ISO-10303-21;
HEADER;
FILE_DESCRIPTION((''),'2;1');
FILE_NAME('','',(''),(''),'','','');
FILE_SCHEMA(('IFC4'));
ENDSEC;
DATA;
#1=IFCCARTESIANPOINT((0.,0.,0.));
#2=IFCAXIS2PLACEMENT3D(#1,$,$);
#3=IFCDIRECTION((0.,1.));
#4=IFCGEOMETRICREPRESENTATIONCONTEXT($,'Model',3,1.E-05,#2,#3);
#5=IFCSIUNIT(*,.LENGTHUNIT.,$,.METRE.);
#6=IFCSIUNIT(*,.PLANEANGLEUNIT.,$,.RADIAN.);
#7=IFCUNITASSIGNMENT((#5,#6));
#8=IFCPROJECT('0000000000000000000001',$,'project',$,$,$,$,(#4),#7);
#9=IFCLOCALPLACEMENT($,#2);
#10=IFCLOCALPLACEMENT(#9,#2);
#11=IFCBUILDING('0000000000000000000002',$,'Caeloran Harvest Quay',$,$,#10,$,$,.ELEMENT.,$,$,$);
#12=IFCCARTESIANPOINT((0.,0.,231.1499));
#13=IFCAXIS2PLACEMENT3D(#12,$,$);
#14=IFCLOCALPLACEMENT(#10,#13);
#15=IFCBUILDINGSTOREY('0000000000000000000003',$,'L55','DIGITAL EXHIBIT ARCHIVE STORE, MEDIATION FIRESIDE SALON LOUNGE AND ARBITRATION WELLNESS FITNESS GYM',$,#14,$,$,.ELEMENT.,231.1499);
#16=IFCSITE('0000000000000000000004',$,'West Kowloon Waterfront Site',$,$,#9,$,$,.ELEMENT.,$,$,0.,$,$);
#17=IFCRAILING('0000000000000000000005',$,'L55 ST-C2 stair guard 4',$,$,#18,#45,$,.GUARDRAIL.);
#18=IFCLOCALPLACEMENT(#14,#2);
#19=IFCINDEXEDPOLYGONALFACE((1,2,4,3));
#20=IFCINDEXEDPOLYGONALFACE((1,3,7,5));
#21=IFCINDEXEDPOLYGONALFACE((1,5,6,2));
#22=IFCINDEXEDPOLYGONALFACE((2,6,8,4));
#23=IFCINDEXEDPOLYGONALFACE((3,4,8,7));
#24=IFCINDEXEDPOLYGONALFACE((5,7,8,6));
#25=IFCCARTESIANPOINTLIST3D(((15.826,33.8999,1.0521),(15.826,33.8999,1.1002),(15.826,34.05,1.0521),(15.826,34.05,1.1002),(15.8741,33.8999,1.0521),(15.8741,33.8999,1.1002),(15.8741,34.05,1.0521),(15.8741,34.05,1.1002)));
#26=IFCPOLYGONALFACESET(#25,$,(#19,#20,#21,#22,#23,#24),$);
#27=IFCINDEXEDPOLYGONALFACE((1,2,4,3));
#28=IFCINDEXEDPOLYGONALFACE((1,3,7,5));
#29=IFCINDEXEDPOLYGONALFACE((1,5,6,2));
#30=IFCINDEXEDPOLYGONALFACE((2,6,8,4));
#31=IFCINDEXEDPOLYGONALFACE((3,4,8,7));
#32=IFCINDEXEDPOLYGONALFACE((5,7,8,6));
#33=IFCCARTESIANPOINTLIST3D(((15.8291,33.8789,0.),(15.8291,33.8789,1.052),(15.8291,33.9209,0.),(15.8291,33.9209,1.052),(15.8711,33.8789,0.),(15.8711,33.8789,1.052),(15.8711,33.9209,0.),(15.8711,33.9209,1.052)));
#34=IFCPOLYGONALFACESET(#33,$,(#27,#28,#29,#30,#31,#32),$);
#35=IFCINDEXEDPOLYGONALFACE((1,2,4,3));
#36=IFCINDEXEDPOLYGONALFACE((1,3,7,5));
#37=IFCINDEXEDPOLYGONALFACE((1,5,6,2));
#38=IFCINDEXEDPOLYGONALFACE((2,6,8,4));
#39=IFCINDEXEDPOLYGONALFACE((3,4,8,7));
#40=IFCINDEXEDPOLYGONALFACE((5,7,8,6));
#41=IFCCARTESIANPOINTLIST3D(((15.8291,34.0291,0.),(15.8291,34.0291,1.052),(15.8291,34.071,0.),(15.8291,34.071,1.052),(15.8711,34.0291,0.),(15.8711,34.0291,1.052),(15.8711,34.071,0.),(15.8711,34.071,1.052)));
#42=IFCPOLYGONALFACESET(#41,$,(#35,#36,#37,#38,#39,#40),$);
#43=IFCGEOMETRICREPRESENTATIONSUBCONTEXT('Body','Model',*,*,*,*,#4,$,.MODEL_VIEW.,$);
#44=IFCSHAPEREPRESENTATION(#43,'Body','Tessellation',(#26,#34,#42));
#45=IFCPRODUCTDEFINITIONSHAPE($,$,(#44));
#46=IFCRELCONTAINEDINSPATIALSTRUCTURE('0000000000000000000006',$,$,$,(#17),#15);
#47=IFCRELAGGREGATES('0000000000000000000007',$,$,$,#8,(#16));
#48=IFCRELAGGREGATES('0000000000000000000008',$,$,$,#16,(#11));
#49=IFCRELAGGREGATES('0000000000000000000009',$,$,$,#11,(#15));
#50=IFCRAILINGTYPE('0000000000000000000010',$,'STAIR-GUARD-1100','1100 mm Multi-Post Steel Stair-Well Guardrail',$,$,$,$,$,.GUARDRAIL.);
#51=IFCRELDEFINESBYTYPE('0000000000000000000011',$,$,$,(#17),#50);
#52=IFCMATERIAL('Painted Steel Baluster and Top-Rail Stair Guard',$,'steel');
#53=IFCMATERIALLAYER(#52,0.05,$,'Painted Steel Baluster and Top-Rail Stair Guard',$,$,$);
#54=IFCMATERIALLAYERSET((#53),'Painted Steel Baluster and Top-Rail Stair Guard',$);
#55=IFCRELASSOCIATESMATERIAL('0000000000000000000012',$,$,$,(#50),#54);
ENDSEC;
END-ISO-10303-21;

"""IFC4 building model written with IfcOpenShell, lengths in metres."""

from ifc_helpers import new_model, si_unit, direction, frame, origin, origin_2d, place, context, subcontext, project, spatial, rectangle, extrude, material, layer, layer_set, type_object, element, save


model = new_model("IFC4")

# Units and contexts
model_context = context("Model", 3, precision=1e-05, world=origin(), true_north=direction((0.0, 1.0)))
body_context = subcontext(model_context, "Body", "Model", "MODEL_VIEW")
ifc_project = project(units=[si_unit("LENGTHUNIT", "METRE"), si_unit("PLANEANGLEUNIT", "RADIAN")], contexts=[model_context])

# Site, building, storey
site_placement = place(None, origin())
site = spatial("IfcSite", under=ifc_project, at=site_placement, Name="West Kowloon Waterfront Site", CompositionType="ELEMENT", RefElevation=0.0)
building_placement = place(site_placement, origin())
building = spatial("IfcBuilding", under=site, at=building_placement, Name="Caeloran Harvest Quay", CompositionType="ELEMENT")
storey_placement = place(building_placement, frame((0.0, 0.0, 231.1499)))
storey = spatial("IfcBuildingStorey", under=building, at=storey_placement, Name="L55", Description="DIGITAL EXHIBIT ARCHIVE STORE, MEDIATION FIRESIDE SALON LOUNGE AND ARBITRATION WELLNESS FITNESS GYM", CompositionType="ELEMENT", Elevation=231.1499)

# Railing
ifc_material_1 = material(Name="Painted Steel Baluster and Top-Rail Stair Guard", Category="steel")
ifc_layer_1 = layer(ifc_material_1, 0.05, Name="Painted Steel Baluster and Top-Rail Stair Guard")
ifc_layer_set_1 = layer_set([ifc_layer_1], Name="Painted Steel Baluster and Top-Rail Stair Guard")
railing_type = type_object("IfcRailingType", Name="STAIR-GUARD-1100", Description="1100 mm Multi-Post Steel Stair-Well Guardrail", PredefinedType="GUARDRAIL", material=ifc_layer_set_1)
railing_1_placement = place(storey_placement, frame((15.8501, 33.8999, 0.0)))
element("IfcRailing", 1, at=railing_1_placement, inside=storey, type_object=railing_type, Name="L55 ST-C2 stair guard 4", PredefinedType="GUARDRAIL", context=body_context, shape_type="SweptSolid", body=[
    extrude(rectangle(XDim=0.0481, YDim=0.0481, at=origin_2d()), frame((0.0, 0.0, 1.0762), z_axis=(0.0, 1.0, 0.0), x_axis=(-1.0, 0.0, 0.0)), (0.0, 0.0, 1.0), 0.1501),
    extrude(rectangle(XDim=0.042, YDim=0.042, at=origin_2d()), origin(), (0.0, 0.0, 1.0), 1.052),
    extrude(rectangle(XDim=0.042, YDim=0.042, at=origin_2d()), frame((0.0, 0.1501, 0.0)), (0.0, 0.0, 1.0), 1.052),
])

save(model, "model.ifc")
